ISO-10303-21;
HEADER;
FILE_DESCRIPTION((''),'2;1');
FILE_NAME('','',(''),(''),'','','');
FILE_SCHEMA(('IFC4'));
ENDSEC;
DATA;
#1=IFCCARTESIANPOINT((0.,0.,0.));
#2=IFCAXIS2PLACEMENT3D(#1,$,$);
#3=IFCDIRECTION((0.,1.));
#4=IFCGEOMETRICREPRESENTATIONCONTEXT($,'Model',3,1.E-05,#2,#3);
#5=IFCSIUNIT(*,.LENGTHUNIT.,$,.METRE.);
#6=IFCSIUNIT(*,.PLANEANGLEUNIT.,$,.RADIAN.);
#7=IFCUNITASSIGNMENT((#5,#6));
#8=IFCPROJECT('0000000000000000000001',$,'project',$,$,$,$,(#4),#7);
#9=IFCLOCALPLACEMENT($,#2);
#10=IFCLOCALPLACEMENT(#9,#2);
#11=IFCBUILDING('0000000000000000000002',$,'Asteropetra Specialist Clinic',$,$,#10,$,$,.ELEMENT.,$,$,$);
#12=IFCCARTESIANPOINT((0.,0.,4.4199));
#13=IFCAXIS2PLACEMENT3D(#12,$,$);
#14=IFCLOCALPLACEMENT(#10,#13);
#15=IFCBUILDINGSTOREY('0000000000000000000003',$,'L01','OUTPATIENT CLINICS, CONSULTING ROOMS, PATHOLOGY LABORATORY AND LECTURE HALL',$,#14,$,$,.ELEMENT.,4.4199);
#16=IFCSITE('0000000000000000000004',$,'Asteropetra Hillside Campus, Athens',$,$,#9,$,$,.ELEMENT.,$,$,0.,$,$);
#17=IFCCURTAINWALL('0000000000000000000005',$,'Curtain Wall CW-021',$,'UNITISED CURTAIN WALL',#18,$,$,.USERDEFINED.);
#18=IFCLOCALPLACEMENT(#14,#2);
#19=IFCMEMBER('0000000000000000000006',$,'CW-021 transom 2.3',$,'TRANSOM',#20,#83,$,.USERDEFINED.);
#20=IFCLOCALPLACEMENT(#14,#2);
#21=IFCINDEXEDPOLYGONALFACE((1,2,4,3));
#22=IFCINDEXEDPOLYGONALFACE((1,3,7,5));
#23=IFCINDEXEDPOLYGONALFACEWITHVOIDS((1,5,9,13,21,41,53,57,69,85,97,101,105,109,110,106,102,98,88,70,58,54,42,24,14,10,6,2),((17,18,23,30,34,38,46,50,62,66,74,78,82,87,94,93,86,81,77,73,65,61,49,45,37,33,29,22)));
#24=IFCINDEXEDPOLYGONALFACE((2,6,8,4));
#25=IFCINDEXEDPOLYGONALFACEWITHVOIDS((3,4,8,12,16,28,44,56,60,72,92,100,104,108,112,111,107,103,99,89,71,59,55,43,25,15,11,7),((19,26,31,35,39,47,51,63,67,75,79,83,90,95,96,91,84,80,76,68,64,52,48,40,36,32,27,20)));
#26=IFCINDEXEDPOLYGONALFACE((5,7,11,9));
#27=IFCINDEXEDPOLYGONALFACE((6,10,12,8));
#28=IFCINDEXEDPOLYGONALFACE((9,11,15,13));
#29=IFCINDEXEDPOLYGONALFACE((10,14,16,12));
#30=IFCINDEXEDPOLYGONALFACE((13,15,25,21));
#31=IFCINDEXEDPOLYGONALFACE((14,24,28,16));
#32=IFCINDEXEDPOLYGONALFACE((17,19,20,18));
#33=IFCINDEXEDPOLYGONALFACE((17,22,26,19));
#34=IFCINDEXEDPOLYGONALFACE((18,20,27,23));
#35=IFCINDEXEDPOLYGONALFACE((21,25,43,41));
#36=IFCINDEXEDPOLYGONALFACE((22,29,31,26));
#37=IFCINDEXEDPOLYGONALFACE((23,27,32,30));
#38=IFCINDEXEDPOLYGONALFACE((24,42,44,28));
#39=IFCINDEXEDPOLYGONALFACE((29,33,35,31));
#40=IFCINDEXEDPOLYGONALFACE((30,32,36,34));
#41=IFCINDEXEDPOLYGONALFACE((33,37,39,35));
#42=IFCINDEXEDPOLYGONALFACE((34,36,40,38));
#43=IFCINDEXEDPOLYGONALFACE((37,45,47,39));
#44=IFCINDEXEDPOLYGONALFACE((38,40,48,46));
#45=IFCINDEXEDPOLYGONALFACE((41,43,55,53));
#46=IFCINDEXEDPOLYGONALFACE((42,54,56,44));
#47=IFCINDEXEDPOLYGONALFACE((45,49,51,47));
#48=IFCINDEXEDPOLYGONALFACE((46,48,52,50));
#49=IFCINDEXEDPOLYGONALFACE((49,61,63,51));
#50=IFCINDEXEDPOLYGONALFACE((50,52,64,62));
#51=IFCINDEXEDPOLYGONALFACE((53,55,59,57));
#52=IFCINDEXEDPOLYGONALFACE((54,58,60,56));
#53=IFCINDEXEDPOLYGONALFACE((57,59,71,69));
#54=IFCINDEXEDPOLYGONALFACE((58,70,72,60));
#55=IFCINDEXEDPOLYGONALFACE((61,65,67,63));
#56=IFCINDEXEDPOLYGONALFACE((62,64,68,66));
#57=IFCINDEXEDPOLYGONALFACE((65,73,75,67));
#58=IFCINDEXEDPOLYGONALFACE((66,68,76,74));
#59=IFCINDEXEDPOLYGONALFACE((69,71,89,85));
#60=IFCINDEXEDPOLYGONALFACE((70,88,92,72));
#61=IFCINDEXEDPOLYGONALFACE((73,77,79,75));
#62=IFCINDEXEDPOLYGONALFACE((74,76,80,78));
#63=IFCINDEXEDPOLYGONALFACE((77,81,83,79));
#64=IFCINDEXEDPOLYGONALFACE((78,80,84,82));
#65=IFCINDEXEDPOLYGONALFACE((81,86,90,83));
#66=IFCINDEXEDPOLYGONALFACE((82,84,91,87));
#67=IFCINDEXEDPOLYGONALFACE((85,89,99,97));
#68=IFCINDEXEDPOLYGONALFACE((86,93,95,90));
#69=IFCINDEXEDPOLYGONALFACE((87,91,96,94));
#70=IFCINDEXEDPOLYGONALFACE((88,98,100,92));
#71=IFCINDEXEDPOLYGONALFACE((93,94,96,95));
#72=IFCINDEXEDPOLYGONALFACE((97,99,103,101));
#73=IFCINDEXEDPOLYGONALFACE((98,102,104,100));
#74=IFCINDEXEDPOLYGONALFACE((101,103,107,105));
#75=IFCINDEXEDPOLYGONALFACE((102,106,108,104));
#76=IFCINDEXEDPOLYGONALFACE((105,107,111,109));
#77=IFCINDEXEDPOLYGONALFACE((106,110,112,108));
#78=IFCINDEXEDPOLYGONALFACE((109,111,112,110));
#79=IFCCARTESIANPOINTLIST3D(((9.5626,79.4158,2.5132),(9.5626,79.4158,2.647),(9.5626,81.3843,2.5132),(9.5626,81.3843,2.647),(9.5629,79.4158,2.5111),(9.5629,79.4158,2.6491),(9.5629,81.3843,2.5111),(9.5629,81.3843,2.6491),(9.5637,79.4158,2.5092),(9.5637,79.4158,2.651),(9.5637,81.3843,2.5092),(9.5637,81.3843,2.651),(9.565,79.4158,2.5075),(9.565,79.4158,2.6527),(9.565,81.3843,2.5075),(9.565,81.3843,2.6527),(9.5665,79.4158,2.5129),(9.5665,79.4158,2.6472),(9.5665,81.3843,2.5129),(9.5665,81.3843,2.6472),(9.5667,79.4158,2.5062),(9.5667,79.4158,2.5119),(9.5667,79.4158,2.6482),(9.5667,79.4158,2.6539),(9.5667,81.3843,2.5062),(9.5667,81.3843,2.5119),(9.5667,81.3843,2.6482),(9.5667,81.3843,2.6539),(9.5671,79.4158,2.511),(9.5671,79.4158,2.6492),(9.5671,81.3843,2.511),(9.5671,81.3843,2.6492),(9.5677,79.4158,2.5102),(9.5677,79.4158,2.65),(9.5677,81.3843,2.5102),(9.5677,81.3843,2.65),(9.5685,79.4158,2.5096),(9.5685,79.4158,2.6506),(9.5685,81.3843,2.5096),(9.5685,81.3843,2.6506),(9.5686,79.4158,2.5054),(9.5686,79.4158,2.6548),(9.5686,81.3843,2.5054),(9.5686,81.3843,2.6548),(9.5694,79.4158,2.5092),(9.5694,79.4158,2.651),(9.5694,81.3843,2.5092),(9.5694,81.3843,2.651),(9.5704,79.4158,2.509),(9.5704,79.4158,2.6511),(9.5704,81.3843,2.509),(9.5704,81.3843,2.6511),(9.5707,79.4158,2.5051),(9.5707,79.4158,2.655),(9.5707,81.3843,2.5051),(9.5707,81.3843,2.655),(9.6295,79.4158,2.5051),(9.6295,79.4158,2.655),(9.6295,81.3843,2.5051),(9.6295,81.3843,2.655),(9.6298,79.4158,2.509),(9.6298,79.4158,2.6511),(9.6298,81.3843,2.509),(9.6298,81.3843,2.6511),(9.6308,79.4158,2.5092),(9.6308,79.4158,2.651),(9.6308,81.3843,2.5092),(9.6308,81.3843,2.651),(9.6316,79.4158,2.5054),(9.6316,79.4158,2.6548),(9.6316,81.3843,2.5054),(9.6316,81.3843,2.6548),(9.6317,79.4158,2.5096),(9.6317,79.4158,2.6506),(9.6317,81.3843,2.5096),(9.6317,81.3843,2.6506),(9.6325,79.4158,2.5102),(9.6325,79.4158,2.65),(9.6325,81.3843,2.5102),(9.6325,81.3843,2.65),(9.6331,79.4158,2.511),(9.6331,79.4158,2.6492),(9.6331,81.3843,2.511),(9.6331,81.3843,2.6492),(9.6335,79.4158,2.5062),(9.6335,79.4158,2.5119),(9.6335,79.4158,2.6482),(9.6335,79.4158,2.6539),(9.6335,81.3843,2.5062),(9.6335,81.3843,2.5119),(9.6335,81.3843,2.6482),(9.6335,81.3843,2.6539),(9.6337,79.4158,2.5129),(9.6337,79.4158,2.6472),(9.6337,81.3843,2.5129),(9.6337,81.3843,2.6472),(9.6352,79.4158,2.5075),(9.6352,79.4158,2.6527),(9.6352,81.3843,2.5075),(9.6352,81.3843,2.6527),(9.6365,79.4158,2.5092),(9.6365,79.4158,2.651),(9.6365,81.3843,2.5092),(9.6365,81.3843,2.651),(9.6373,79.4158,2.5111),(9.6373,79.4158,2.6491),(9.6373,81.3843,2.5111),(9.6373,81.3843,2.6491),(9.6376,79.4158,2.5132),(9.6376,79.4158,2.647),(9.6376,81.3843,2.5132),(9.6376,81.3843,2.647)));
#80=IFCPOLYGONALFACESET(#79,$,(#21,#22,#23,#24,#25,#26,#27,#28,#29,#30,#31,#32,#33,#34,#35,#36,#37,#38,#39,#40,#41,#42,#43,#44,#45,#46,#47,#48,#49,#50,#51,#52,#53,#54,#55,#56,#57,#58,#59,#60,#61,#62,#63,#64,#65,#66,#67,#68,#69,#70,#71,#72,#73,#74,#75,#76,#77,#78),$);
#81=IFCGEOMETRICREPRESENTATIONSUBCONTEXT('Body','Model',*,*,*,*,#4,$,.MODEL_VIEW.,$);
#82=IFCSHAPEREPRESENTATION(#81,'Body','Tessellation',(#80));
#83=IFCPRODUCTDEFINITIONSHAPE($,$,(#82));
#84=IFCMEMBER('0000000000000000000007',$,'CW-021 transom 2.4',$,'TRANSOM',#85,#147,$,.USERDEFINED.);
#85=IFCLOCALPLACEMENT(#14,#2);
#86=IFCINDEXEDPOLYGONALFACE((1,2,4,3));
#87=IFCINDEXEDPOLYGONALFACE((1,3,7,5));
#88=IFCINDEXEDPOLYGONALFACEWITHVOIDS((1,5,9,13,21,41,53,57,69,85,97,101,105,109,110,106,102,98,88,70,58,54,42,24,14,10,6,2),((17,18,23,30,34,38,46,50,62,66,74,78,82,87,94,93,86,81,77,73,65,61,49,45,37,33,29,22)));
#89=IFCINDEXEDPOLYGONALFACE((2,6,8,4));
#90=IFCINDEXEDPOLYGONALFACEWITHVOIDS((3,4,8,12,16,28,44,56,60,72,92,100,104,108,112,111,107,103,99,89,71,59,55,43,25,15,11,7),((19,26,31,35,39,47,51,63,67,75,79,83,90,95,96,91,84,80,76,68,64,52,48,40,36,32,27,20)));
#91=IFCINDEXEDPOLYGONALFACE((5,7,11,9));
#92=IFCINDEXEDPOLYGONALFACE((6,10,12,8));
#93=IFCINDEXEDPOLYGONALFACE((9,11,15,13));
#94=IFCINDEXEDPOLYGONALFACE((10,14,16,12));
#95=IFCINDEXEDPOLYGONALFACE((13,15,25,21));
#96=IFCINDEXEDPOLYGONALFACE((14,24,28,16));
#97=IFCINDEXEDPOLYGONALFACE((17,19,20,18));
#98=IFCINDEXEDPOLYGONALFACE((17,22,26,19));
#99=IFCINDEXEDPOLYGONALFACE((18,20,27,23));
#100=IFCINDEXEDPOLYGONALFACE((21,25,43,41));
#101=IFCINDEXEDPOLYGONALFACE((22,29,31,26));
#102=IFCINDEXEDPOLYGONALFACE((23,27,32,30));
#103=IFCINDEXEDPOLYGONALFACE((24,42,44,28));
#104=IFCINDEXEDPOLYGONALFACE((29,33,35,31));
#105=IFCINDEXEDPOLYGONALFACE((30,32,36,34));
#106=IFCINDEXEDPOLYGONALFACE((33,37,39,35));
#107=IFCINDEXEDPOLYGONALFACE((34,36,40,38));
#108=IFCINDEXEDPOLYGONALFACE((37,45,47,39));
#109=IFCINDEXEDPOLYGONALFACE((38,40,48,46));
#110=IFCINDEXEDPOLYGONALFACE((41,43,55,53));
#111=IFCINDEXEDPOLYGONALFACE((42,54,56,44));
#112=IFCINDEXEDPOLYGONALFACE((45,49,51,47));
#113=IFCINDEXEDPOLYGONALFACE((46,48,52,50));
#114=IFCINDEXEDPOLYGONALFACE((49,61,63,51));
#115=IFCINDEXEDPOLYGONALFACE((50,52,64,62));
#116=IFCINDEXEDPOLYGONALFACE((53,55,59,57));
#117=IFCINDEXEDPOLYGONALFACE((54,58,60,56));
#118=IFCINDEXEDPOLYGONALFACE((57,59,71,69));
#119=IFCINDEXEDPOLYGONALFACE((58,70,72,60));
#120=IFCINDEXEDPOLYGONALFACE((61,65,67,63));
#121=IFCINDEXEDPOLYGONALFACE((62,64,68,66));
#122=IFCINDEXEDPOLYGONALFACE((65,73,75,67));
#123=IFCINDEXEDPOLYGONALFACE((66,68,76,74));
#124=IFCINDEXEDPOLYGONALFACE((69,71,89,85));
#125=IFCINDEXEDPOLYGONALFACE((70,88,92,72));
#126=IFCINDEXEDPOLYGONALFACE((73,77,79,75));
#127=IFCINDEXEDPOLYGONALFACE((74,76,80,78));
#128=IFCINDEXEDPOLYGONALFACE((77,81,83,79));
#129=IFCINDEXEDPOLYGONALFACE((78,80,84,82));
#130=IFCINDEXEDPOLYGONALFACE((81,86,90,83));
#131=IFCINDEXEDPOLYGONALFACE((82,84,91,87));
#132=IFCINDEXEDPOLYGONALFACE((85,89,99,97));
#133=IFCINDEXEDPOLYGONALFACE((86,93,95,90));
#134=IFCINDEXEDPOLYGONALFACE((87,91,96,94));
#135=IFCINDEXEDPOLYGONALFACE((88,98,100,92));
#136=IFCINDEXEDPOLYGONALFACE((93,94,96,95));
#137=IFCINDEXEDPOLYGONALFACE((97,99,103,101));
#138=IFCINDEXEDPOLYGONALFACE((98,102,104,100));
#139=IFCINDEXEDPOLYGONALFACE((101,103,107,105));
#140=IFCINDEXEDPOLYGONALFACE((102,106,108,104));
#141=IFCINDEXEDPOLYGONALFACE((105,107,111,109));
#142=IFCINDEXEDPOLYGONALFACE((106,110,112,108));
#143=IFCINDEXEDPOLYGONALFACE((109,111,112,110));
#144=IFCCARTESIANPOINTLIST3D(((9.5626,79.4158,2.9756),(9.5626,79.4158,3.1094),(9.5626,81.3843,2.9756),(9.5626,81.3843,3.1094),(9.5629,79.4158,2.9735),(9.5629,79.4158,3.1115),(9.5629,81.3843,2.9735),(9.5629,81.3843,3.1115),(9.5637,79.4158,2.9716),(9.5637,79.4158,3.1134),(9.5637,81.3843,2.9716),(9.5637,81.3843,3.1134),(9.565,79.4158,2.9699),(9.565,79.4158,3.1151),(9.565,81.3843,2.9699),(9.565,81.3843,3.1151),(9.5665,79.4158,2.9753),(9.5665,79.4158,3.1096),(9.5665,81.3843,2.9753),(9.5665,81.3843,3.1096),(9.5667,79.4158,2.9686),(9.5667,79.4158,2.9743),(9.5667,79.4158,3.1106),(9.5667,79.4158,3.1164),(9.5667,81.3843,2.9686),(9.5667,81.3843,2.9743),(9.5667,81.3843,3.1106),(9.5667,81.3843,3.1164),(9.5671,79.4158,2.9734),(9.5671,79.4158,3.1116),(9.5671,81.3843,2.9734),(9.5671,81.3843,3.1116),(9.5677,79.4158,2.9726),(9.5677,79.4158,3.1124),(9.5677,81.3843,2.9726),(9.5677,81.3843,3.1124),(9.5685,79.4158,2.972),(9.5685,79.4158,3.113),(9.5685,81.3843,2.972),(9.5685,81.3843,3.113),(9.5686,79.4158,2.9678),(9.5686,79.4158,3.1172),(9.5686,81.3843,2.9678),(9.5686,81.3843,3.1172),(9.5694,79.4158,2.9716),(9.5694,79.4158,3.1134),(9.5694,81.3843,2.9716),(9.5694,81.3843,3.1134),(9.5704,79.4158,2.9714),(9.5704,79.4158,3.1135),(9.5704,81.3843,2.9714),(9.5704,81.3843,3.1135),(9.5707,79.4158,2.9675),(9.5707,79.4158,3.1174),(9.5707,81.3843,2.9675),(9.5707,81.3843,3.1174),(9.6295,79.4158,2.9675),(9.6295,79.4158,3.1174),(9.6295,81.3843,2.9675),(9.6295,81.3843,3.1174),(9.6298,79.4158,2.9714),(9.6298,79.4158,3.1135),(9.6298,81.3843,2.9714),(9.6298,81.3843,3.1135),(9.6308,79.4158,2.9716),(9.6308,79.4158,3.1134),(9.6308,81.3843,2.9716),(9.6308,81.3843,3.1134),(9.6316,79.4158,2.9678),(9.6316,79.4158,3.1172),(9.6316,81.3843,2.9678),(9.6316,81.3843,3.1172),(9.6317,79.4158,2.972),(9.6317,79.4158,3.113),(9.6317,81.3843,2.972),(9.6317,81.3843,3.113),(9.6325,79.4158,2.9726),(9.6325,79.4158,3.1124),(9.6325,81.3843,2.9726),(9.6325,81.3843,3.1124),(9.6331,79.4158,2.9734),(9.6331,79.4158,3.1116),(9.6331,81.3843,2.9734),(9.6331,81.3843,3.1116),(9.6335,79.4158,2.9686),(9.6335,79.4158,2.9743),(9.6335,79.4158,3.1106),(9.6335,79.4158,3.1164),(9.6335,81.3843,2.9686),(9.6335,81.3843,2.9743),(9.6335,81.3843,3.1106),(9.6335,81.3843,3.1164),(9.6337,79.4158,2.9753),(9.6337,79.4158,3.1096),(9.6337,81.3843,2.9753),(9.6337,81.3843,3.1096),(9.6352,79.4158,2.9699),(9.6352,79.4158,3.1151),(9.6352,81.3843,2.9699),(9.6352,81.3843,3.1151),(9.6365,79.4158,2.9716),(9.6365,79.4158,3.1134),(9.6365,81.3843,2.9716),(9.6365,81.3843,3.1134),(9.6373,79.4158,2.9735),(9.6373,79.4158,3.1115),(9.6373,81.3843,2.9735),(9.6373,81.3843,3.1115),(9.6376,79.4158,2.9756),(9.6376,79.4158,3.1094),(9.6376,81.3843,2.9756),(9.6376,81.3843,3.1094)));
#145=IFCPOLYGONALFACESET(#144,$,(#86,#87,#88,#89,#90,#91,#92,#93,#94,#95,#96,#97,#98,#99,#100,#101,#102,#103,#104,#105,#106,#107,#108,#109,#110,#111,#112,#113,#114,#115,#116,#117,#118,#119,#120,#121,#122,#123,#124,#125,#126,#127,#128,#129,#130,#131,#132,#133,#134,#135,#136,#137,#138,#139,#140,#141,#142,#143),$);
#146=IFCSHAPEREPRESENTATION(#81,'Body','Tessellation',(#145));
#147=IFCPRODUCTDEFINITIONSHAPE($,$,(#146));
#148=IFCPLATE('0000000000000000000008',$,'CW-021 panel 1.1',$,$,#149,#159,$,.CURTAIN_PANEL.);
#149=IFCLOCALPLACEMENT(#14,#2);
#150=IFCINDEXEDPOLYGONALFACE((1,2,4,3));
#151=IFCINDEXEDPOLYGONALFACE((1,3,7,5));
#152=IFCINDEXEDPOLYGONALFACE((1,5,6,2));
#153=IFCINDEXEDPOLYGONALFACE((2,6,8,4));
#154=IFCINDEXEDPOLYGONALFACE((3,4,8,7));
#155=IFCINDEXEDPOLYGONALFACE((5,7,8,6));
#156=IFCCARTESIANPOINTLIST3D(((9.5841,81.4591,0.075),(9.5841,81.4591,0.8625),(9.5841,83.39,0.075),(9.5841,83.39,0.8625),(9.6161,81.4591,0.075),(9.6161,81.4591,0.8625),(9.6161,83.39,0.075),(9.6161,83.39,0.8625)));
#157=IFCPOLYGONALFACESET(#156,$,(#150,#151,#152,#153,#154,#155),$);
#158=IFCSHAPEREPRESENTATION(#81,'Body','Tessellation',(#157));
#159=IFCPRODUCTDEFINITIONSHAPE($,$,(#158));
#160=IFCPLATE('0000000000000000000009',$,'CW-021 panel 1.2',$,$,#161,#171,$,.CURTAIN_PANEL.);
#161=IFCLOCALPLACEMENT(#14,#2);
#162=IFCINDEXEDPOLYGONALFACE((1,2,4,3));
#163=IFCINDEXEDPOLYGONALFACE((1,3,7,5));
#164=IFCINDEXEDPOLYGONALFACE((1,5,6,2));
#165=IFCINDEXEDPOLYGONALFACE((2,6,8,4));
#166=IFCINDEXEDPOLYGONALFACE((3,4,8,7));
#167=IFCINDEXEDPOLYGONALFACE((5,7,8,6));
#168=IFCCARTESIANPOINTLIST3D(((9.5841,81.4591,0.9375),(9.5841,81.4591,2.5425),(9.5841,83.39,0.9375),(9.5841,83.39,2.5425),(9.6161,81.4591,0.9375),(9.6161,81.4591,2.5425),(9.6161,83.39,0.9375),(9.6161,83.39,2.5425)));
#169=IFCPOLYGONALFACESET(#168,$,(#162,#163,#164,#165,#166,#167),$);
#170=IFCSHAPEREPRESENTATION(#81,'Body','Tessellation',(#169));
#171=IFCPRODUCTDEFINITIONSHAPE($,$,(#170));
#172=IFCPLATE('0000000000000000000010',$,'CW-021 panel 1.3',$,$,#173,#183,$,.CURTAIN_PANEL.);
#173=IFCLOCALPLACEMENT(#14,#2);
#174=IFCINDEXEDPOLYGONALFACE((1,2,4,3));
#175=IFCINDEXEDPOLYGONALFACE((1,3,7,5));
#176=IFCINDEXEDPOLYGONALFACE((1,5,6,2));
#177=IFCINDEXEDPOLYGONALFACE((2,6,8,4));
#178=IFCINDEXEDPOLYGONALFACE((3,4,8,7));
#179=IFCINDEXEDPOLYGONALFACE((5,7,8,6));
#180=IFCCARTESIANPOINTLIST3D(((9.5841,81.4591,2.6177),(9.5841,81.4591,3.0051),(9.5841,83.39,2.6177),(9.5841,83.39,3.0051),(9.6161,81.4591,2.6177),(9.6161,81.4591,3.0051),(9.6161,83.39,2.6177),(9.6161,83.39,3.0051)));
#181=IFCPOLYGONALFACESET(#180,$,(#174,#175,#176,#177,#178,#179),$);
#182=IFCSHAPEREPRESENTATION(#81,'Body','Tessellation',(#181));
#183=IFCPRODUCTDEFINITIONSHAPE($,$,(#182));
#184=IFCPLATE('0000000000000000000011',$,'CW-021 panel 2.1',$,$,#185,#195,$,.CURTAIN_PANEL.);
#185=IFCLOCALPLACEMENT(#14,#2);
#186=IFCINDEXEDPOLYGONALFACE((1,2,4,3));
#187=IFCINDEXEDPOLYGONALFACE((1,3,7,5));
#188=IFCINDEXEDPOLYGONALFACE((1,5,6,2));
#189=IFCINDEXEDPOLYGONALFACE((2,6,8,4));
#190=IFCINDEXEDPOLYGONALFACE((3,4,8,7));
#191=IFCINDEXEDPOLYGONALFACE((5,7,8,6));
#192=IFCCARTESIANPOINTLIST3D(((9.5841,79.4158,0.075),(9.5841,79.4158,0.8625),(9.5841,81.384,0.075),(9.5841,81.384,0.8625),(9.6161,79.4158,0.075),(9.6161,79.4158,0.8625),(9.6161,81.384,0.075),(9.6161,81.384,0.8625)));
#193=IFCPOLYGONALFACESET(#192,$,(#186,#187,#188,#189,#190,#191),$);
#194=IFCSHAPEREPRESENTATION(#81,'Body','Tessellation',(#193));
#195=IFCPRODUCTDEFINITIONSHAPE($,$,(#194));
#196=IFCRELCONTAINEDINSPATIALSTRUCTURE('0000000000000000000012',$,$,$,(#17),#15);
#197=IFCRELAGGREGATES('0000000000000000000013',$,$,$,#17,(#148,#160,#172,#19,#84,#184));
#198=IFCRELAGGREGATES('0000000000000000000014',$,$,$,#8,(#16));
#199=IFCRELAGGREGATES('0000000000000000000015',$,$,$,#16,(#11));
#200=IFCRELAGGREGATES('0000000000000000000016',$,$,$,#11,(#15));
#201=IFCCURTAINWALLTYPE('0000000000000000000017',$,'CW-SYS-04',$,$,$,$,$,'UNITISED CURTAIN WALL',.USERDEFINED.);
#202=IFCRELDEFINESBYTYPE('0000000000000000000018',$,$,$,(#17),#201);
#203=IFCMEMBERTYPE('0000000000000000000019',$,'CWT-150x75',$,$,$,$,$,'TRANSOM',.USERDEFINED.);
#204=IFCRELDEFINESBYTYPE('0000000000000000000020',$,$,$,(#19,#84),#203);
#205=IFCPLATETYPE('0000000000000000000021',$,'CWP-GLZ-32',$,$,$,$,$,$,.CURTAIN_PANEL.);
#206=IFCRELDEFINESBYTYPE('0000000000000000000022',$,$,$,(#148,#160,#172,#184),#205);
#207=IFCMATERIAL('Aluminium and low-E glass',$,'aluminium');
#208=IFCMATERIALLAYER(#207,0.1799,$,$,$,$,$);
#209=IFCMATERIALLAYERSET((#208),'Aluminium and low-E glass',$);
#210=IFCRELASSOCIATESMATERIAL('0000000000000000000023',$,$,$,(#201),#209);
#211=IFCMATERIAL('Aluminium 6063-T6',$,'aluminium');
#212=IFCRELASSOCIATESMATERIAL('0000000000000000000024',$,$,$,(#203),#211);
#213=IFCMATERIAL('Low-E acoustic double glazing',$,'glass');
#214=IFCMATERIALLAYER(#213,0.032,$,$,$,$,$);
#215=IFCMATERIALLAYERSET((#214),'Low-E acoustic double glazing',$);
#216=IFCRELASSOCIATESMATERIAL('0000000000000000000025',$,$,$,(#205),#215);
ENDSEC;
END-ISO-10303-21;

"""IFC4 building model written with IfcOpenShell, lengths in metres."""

from ifc_helpers import new_model, si_unit, direction, frame, origin, origin_2d, place, context, subcontext, project, spatial, rectangle, hollow_rectangle, extrude, material, layer, layer_set, material_profile, profile_set, type_object, element, aggregate, save


model = new_model("IFC4")

# Units and contexts
model_context = context("Model", 3, precision=1e-05, world=origin(), true_north=direction((0.0, 1.0)))
body_context = subcontext(model_context, "Body", "Model", "MODEL_VIEW")
ifc_project = project(units=[si_unit("LENGTHUNIT", "METRE"), si_unit("PLANEANGLEUNIT", "RADIAN")], contexts=[model_context])

# Site, building, storey
site_placement = place(None, origin())
site = spatial("IfcSite", under=ifc_project, at=site_placement, Name="Asteropetra Hillside Campus, Athens", CompositionType="ELEMENT", RefElevation=0.0)
building_placement = place(site_placement, origin())
building = spatial("IfcBuilding", under=site, at=building_placement, Name="Asteropetra Specialist Clinic", CompositionType="ELEMENT")
storey_placement = place(building_placement, frame((0.0, 0.0, 4.4199)))
storey = spatial("IfcBuildingStorey", under=building, at=storey_placement, Name="L01", Description="OUTPATIENT CLINICS, CONSULTING ROOMS, PATHOLOGY LABORATORY AND LECTURE HALL", CompositionType="ELEMENT", Elevation=4.4199)

# Curtain wall
ifc_material_1 = material(Name="Aluminium and low-E glass", Category="aluminium")
ifc_layer_1 = layer(ifc_material_1, 0.1799)
ifc_layer_set_1 = layer_set([ifc_layer_1], Name="Aluminium and low-E glass")
curtain_wall_type_1 = type_object("IfcCurtainWallType", Name="CW-SYS-04", ElementType="UNITISED CURTAIN WALL", PredefinedType="USERDEFINED", material=ifc_layer_set_1)
curtain_wall_1_placement = place(storey_placement, origin())
curtain_wall_1 = element("IfcCurtainWall", 1, at=curtain_wall_1_placement, inside=storey, type_object=curtain_wall_type_1, Name="Curtain Wall CW-021", ObjectType="UNITISED CURTAIN WALL", PredefinedType="USERDEFINED")

# Members
ifc_material_2 = material(Name="Aluminium 6063-T6", Category="aluminium")
ifc_material_profile_1 = material_profile(ifc_material_2, hollow_rectangle(XDim=0.075, YDim=0.1499, WallThickness=0.0039, InnerFilletRadius=0.0039, OuterFilletRadius=0.0081, at=origin_2d()), Name="TRN 150x75x4.0")
ifc_profile_set_1 = profile_set([ifc_material_profile_1], Name="Aluminium 6063-T6")
member_type_1 = type_object("IfcMemberType", Name="CWT-150x75", ElementType="TRANSOM", PredefinedType="USERDEFINED", material=ifc_profile_set_1)
member_1_placement = place(storey_placement, frame((9.6001, 81.3843, 2.5801), z_axis=(0.0, -1.0, 0.0), x_axis=(1.0, 0.0, 0.0)))
member_1 = element("IfcMember", 2, at=member_1_placement, type_object=member_type_1, Name="CW-021 transom 2.3", ObjectType="TRANSOM", PredefinedType="USERDEFINED", context=body_context, shape_type="SweptSolid", body=[
    extrude(hollow_rectangle(XDim=0.075, YDim=0.1499, WallThickness=0.0039, InnerFilletRadius=0.0039, OuterFilletRadius=0.0081, at=origin_2d()), origin(), (0.0, 0.0, 1.0), 1.9685),
])
member_2_placement = place(storey_placement, frame((9.6001, 81.3843, 3.0425), z_axis=(0.0, -1.0, 0.0), x_axis=(1.0, 0.0, 0.0)))
member_2 = element("IfcMember", 3, at=member_2_placement, type_object=member_type_1, Name="CW-021 transom 2.4", ObjectType="TRANSOM", PredefinedType="USERDEFINED", context=body_context, shape_type="SweptSolid", body=[
    extrude(hollow_rectangle(XDim=0.075, YDim=0.1499, WallThickness=0.0039, InnerFilletRadius=0.0039, OuterFilletRadius=0.0081, at=origin_2d()), origin(), (0.0, 0.0, 1.0), 1.9685),
])

# Plates
ifc_material_3 = material(Name="Low-E acoustic double glazing", Category="glass")
ifc_layer_2 = layer(ifc_material_3, 0.032)
ifc_layer_set_2 = layer_set([ifc_layer_2], Name="Low-E acoustic double glazing")
plate_type_1 = type_object("IfcPlateType", Name="CWP-GLZ-32", PredefinedType="CURTAIN_PANEL", material=ifc_layer_set_2)
plate_1_placement = place(storey_placement, frame((9.6001, 82.4246, 0.075), z_axis=(0.0, 0.0, 1.0), x_axis=(0.0, -1.0, 0.0)))
plate_1 = element("IfcPlate", 4, at=plate_1_placement, type_object=plate_type_1, Name="CW-021 panel 1.1", PredefinedType="CURTAIN_PANEL", context=body_context, shape_type="SweptSolid", body=[
    extrude(rectangle(XDim=1.9309, YDim=0.032, at=origin_2d()), origin(), (0.0, 0.0, 1.0), 0.7876),
])
plate_2_placement = place(storey_placement, frame((9.6001, 82.4246, 0.9375), z_axis=(0.0, 0.0, 1.0), x_axis=(0.0, -1.0, 0.0)))
plate_2 = element("IfcPlate", 5, at=plate_2_placement, type_object=plate_type_1, Name="CW-021 panel 1.2", PredefinedType="CURTAIN_PANEL", context=body_context, shape_type="SweptSolid", body=[
    extrude(rectangle(XDim=1.9309, YDim=0.032, at=origin_2d()), origin(), (0.0, 0.0, 1.0), 1.605),
])
plate_3_placement = place(storey_placement, frame((9.6001, 82.4246, 2.6177), z_axis=(0.0, 0.0, 1.0), x_axis=(0.0, -1.0, 0.0)))
plate_3 = element("IfcPlate", 6, at=plate_3_placement, type_object=plate_type_1, Name="CW-021 panel 1.3", PredefinedType="CURTAIN_PANEL", context=body_context, shape_type="SweptSolid", body=[
    extrude(rectangle(XDim=1.9309, YDim=0.032, at=origin_2d()), origin(), (0.0, 0.0, 1.0), 0.3875),
])
plate_4_placement = place(storey_placement, frame((9.6001, 80.3999, 0.075), z_axis=(0.0, 0.0, 1.0), x_axis=(0.0, -1.0, 0.0)))
plate_4 = element("IfcPlate", 7, at=plate_4_placement, type_object=plate_type_1, Name="CW-021 panel 2.1", PredefinedType="CURTAIN_PANEL", context=body_context, shape_type="SweptSolid", body=[
    extrude(rectangle(XDim=1.9683, YDim=0.032, at=origin_2d()), origin(), (0.0, 0.0, 1.0), 0.7876),
])
aggregate(curtain_wall_1, [plate_1, plate_2, plate_3, member_1, member_2, plate_4])

save(model, "model.ifc")
